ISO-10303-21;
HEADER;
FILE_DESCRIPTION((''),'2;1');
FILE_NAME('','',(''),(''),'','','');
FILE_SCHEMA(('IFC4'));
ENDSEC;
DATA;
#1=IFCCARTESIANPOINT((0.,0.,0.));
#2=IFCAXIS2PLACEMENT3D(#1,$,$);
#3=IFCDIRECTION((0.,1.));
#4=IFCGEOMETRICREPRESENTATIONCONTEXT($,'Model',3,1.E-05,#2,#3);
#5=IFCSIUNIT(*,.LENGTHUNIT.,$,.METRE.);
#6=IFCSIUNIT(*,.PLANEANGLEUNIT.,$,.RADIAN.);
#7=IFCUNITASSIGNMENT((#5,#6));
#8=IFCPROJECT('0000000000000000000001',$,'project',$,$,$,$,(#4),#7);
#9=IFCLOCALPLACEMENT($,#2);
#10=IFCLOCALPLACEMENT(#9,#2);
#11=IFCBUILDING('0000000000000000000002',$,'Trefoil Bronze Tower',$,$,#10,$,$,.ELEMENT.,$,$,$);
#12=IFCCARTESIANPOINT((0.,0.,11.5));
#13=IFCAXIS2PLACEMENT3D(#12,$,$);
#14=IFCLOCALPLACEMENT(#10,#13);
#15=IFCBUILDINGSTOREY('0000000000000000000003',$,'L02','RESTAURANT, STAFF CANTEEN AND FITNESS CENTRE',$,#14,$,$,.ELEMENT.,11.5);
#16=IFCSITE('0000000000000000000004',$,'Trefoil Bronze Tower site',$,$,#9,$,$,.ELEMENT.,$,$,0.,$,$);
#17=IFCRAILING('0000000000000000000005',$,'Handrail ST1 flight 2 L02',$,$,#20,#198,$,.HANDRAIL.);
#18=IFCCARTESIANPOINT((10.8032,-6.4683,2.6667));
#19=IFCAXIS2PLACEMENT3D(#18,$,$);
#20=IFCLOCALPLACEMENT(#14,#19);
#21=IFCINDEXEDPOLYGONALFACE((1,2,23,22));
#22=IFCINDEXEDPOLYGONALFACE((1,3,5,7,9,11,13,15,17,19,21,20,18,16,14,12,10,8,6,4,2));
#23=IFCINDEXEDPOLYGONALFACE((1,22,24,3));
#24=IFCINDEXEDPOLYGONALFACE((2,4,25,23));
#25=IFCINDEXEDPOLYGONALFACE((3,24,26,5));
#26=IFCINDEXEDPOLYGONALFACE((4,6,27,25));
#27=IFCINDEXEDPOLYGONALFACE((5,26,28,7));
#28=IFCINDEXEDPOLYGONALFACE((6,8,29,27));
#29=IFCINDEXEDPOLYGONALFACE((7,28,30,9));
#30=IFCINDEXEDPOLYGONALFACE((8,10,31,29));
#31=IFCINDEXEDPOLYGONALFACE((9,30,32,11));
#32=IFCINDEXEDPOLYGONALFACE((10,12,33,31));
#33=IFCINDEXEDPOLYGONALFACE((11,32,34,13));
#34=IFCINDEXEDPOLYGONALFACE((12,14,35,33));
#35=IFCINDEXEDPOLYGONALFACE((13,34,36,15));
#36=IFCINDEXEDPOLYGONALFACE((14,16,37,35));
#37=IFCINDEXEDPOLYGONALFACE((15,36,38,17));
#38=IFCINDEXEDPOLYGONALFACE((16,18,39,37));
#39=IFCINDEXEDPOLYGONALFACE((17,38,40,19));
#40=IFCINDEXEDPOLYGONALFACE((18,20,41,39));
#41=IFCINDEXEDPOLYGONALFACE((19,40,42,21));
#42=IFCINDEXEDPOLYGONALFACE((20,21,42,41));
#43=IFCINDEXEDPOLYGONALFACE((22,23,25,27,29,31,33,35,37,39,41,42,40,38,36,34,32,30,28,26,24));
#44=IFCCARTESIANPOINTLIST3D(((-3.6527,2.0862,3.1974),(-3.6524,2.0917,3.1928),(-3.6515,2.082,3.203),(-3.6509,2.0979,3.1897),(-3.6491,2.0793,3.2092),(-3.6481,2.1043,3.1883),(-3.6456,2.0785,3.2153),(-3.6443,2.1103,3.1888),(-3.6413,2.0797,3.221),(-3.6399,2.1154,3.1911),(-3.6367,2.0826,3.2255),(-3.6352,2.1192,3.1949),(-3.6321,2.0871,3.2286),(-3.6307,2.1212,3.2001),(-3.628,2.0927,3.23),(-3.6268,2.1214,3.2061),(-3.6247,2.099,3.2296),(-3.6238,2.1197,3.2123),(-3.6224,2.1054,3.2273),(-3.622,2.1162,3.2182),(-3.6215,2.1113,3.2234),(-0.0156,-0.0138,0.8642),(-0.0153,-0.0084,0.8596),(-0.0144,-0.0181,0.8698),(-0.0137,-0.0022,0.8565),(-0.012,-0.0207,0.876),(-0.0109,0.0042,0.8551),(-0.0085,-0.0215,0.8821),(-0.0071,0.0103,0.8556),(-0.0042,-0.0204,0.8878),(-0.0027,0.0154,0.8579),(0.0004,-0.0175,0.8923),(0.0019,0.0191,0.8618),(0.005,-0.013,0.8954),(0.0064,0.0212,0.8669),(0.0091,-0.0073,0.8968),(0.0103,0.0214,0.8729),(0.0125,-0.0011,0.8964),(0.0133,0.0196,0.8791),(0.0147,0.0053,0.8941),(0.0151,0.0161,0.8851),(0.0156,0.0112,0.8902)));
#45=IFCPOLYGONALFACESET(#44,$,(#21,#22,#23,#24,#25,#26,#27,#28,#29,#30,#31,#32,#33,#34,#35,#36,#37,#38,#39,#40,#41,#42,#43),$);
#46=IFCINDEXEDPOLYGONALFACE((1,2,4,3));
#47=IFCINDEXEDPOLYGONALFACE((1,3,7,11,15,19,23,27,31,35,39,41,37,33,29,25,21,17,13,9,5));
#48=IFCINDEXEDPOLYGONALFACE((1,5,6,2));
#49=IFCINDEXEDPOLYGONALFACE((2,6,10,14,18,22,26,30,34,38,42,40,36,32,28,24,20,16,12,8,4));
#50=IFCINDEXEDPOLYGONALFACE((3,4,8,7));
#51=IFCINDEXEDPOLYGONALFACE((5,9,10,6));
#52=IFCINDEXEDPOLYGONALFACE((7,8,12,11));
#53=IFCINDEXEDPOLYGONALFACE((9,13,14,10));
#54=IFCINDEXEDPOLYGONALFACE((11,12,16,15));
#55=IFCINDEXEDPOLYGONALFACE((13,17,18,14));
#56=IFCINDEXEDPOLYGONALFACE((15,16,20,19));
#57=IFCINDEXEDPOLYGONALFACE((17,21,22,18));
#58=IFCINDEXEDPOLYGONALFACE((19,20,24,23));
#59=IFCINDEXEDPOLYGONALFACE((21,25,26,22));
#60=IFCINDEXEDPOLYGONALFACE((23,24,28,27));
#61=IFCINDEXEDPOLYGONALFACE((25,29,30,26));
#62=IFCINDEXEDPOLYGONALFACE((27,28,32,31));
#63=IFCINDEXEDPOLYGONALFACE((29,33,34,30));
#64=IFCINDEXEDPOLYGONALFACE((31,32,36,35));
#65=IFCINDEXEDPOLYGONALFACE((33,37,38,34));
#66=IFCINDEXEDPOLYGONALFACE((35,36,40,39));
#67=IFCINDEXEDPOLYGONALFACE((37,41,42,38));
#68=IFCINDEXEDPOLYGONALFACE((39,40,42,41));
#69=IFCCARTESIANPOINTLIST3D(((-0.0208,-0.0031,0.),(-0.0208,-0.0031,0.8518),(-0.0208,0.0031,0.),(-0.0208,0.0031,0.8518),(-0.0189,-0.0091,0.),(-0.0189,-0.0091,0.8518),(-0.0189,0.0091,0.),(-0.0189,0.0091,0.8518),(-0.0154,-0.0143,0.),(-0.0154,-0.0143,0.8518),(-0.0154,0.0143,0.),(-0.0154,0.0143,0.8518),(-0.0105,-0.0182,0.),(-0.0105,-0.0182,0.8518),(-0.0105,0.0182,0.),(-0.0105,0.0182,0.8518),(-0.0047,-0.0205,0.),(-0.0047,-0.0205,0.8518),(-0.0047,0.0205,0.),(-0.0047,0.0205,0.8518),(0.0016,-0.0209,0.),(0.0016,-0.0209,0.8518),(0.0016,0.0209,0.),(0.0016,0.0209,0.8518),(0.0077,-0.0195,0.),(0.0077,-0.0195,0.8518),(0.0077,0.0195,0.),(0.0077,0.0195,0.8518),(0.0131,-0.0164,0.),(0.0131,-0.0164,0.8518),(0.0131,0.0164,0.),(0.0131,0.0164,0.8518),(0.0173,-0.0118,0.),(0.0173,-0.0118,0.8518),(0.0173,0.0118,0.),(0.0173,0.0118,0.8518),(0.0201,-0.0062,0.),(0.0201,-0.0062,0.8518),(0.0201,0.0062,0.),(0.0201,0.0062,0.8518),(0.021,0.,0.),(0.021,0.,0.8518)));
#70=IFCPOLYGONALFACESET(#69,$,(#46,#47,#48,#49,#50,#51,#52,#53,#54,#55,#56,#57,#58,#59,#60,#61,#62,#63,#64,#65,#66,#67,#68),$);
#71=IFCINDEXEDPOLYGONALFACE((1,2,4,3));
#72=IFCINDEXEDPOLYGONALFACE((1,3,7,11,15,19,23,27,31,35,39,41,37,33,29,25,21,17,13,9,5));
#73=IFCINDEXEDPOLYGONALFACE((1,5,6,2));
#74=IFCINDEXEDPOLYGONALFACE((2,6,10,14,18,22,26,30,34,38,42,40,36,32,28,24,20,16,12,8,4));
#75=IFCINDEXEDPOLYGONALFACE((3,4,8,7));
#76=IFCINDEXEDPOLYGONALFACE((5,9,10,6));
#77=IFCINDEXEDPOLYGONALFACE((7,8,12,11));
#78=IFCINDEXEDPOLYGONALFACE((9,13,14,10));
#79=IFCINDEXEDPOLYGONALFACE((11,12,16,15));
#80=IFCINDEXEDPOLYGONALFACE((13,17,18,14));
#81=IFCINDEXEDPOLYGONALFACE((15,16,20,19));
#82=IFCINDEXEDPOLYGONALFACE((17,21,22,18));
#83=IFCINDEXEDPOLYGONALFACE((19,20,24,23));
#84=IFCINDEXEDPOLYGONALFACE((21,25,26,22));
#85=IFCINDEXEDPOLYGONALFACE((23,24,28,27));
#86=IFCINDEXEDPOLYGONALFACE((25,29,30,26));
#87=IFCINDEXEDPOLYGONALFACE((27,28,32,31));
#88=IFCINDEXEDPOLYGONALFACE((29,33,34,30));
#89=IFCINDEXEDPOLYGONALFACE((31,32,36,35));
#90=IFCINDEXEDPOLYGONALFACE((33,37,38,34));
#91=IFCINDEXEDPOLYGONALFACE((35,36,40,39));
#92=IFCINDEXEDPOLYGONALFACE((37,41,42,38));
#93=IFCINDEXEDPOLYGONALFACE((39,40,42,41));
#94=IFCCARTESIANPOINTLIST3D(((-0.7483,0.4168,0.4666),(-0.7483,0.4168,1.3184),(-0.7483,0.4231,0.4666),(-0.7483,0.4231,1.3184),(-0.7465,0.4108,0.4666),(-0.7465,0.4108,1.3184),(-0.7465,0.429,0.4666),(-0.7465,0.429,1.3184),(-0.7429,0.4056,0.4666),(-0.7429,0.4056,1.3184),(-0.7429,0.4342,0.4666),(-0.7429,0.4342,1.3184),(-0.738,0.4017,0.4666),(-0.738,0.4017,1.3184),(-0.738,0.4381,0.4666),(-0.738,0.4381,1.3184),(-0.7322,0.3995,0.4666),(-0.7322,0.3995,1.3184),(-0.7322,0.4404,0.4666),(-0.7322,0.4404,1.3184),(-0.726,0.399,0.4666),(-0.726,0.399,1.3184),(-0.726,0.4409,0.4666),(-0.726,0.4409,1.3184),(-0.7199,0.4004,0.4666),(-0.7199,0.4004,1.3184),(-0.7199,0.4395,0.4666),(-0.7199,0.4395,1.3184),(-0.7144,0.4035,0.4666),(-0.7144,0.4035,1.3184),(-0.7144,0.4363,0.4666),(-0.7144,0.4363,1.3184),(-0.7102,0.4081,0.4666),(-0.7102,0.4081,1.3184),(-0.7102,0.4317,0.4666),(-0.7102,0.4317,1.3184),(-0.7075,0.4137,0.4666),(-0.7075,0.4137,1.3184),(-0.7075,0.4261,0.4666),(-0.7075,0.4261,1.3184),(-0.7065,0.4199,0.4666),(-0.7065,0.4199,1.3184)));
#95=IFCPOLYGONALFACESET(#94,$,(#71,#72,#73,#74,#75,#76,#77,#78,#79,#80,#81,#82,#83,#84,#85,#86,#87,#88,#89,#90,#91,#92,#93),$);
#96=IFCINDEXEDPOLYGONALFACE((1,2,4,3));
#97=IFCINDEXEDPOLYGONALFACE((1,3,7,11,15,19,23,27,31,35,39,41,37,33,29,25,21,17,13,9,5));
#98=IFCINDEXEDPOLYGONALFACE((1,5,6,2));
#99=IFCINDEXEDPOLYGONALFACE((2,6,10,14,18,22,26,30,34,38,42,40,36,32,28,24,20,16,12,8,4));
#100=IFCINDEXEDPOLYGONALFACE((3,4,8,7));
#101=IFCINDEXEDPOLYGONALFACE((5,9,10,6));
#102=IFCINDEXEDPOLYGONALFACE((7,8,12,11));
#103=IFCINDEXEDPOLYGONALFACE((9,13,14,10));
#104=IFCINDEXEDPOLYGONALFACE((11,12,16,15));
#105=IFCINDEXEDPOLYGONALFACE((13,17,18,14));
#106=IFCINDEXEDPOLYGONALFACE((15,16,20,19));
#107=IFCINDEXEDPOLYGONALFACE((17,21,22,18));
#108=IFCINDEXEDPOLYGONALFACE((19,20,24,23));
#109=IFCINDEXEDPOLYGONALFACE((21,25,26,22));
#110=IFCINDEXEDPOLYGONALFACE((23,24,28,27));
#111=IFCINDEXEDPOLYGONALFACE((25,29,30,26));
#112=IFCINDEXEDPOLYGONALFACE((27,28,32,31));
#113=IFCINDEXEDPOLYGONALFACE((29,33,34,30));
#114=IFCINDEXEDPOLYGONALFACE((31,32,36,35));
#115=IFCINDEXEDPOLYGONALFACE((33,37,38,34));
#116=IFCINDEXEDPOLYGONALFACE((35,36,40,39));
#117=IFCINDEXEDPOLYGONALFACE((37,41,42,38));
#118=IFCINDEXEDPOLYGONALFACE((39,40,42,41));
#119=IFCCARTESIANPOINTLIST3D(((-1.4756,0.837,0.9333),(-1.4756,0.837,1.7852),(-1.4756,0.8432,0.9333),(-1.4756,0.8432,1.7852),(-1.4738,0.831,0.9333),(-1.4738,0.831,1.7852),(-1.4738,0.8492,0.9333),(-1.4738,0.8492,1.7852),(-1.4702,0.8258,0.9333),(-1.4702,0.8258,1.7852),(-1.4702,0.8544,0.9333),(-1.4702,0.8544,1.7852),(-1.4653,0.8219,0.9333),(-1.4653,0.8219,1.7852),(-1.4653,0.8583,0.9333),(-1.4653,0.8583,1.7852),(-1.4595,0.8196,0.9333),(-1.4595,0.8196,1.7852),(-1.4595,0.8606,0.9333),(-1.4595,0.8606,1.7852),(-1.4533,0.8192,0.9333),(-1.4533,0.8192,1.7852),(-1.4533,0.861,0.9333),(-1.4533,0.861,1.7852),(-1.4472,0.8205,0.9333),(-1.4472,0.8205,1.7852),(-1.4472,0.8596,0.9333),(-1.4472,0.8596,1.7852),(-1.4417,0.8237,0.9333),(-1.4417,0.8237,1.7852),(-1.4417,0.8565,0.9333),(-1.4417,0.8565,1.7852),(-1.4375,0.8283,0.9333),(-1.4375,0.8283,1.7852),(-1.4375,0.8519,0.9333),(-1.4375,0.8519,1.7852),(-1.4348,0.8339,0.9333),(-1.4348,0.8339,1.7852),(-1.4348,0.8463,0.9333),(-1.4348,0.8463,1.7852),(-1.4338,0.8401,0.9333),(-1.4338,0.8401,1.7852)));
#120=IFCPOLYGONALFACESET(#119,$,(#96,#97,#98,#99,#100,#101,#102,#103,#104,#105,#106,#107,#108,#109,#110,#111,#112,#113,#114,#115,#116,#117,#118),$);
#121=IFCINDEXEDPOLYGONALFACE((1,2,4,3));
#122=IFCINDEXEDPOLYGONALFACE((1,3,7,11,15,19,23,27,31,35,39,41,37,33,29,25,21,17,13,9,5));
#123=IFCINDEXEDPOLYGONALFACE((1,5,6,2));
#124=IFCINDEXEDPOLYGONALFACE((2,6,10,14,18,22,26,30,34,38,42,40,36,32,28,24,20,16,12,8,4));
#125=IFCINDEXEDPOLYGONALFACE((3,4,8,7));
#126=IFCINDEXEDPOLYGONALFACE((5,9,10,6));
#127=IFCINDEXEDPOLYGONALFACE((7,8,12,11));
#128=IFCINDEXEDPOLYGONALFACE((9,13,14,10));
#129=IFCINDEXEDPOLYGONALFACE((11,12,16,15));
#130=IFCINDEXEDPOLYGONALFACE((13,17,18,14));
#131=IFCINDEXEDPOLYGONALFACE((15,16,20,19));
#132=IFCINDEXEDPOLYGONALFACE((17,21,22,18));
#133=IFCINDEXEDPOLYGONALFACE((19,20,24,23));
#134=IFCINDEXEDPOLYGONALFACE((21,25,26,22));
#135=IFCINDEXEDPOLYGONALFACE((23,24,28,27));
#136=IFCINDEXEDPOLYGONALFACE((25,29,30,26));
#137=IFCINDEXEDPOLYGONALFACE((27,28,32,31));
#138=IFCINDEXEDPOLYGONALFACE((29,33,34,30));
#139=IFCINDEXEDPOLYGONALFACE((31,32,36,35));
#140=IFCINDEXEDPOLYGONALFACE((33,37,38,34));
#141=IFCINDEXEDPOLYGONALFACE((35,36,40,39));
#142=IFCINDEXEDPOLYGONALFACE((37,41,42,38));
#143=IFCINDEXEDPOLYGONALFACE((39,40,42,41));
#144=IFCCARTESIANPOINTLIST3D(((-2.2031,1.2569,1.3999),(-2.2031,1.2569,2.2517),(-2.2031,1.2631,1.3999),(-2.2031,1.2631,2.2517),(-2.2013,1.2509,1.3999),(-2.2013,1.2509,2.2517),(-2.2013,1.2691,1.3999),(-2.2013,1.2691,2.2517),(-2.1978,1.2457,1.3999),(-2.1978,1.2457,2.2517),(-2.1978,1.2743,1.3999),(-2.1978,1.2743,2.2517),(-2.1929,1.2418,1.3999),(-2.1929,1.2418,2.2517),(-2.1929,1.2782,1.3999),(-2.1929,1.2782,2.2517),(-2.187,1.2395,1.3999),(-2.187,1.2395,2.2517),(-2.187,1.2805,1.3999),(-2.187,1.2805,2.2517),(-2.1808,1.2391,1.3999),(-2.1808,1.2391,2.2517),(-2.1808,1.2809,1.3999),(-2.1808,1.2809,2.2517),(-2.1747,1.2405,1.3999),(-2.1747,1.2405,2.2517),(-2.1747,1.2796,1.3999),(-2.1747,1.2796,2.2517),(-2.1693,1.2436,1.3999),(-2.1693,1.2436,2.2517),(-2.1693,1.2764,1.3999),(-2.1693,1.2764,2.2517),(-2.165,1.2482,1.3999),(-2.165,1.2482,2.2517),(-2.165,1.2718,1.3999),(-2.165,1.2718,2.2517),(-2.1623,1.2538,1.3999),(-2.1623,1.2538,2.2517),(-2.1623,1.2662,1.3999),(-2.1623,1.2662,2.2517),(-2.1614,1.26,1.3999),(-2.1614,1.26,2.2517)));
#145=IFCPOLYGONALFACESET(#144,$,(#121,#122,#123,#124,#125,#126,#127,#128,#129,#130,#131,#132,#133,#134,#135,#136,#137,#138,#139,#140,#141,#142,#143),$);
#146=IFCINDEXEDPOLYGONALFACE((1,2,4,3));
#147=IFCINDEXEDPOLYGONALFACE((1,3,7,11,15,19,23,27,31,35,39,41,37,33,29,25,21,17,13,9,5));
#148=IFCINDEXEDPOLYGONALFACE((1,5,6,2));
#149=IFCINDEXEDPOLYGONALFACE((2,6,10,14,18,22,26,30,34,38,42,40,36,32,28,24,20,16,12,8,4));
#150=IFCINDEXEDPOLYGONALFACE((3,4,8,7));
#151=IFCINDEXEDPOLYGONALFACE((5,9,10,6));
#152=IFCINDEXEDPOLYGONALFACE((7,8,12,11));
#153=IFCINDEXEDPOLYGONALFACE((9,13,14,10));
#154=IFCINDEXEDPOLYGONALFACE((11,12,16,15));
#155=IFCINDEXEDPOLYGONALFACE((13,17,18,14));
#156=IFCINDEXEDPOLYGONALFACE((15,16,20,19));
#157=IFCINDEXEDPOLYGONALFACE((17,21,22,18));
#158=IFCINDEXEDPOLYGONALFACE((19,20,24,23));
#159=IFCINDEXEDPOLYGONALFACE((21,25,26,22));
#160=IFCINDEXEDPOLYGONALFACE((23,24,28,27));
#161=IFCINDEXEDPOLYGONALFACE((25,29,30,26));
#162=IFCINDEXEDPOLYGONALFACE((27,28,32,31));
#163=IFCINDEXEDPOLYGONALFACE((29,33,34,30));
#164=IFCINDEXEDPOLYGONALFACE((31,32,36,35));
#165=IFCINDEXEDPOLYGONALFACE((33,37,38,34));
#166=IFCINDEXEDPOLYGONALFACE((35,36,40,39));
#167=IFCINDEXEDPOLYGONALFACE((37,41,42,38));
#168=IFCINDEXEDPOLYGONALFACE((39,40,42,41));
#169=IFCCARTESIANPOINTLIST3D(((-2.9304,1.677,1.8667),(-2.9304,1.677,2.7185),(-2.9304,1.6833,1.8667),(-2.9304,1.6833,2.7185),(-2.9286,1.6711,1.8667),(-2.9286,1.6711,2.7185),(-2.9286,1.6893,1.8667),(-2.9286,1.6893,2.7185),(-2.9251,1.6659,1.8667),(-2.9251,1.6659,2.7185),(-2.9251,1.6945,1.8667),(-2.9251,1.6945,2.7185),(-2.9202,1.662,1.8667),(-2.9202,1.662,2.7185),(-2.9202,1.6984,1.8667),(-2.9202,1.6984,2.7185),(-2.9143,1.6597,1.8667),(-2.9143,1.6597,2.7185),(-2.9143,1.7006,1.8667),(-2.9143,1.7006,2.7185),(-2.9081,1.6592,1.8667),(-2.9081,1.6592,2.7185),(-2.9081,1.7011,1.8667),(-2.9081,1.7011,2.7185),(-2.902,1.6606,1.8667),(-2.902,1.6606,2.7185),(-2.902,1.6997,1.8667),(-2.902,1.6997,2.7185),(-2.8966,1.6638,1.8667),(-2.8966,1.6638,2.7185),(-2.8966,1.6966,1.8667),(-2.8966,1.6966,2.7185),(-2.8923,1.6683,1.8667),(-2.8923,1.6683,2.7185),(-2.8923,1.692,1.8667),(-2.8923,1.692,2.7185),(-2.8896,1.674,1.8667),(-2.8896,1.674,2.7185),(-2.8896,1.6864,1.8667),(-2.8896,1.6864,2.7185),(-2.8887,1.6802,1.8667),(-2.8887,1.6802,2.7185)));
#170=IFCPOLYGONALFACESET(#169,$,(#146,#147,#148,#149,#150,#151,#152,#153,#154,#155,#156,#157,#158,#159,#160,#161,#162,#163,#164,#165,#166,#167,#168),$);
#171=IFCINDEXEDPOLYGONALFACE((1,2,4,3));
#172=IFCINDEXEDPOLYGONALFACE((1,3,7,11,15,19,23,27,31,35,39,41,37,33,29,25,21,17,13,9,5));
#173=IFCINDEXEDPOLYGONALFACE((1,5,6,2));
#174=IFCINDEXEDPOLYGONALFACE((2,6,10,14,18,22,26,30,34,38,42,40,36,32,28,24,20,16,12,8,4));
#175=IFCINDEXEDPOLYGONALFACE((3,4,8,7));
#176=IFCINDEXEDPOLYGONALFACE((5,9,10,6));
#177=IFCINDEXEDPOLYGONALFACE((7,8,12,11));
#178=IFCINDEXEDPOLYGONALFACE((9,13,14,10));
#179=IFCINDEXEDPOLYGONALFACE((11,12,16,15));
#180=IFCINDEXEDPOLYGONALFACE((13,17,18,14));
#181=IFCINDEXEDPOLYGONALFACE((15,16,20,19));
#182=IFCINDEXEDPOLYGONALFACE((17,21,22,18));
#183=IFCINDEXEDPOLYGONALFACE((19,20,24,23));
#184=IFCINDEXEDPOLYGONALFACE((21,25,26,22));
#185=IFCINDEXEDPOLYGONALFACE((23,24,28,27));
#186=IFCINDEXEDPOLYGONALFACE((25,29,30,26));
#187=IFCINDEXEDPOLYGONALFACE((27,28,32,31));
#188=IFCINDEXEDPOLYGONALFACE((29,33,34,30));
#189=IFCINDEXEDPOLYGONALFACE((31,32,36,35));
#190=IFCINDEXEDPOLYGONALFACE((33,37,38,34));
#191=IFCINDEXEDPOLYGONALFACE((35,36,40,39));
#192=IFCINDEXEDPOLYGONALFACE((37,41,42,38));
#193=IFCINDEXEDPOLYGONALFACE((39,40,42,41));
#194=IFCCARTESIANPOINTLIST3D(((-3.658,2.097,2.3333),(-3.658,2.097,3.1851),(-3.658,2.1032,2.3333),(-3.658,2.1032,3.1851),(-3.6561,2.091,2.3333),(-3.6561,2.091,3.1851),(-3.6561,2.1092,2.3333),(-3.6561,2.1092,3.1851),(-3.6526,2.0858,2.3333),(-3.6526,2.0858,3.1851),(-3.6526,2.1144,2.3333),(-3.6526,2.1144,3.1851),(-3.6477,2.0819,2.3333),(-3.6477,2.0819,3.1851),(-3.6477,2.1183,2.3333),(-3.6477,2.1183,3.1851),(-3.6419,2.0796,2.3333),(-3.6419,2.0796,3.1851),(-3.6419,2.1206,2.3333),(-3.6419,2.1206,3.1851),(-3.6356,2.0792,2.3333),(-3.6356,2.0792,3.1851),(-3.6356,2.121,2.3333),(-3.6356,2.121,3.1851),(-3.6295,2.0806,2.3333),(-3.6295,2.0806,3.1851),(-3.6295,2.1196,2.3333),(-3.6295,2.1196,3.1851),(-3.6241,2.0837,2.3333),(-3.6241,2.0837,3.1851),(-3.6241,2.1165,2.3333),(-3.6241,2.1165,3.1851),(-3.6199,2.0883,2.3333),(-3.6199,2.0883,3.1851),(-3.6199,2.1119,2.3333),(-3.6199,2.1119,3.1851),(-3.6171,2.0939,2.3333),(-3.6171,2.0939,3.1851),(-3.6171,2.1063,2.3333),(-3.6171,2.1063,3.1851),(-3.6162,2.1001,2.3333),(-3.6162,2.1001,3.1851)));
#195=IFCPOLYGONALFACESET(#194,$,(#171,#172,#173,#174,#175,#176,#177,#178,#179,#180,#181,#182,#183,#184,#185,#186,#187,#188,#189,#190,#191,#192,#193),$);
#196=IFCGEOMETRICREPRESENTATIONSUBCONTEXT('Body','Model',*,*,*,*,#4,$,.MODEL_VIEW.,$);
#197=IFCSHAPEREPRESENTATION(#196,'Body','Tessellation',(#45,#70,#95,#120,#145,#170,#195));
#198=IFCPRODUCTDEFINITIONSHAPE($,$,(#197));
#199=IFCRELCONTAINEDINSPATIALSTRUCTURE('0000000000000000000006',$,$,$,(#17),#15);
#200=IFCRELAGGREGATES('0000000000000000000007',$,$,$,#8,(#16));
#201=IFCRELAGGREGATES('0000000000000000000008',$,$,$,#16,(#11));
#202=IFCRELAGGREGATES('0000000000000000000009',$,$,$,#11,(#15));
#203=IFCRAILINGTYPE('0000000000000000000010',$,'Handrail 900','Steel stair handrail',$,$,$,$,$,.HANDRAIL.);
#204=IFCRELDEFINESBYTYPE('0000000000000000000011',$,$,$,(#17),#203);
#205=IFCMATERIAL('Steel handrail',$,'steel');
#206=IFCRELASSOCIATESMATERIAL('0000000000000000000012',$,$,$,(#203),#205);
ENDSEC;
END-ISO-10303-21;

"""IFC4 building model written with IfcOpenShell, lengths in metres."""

from ifc_helpers import new_model, si_unit, direction, frame, origin, origin_2d, place, context, subcontext, project, spatial, circle, extrude, material, type_object, element, save


model = new_model("IFC4")

# Units and contexts
model_context = context("Model", 3, precision=1e-05, world=origin(), true_north=direction((0.0, 1.0)))
body_context = subcontext(model_context, "Body", "Model", "MODEL_VIEW")
ifc_project = project(units=[si_unit("LENGTHUNIT", "METRE"), si_unit("PLANEANGLEUNIT", "RADIAN")], contexts=[model_context])

# Site, building, storey
site_placement = place(None, origin())
site = spatial("IfcSite", under=ifc_project, at=site_placement, Name="Trefoil Bronze Tower site", CompositionType="ELEMENT", RefElevation=0.0)
building_placement = place(site_placement, origin())
building = spatial("IfcBuilding", under=site, at=building_placement, Name="Trefoil Bronze Tower", CompositionType="ELEMENT")
storey_placement = place(building_placement, frame((0.0, 0.0, 11.5)))
storey = spatial("IfcBuildingStorey", under=building, at=storey_placement, Name="L02", Description="RESTAURANT, STAFF CANTEEN AND FITNESS CENTRE", CompositionType="ELEMENT", Elevation=11.5)

# Railing
ifc_material_1 = material(Name="Steel handrail", Category="steel")
railing_type = type_object("IfcRailingType", Name="Handrail 900", Description="Steel stair handrail", PredefinedType="HANDRAIL", material=ifc_material_1)
railing_placement = place(storey_placement, frame((10.8032, -6.4683, 2.6667)))
element("IfcRailing", 1, at=railing_placement, inside=storey, type_object=railing_type, Name="Handrail ST1 flight 2 L02", PredefinedType="HANDRAIL", context=body_context, shape_type="SweptSolid", body=[
    extrude(circle(Radius=0.0239, at=origin_2d()), frame((0.0, 0.0, 0.876), z_axis=(-0.757033, 0.437106, 0.485633), x_axis=(-0.500028, -0.866009, 0.0)), (0.0, 0.0, 1.0), 4.8044),
    extrude(circle(Radius=0.021, at=origin_2d()), origin(), (0.0, 0.0, 1.0), 0.8518),
    extrude(circle(Radius=0.021, at=origin_2d()), frame((-0.7275, 0.4199, 0.4666)), (0.0, 0.0, 1.0), 0.8518),
    extrude(circle(Radius=0.021, at=origin_2d()), frame((-1.4548, 0.8401, 0.9333)), (0.0, 0.0, 1.0), 0.8518),
    extrude(circle(Radius=0.021, at=origin_2d()), frame((-2.1824, 1.26, 1.3999)), (0.0, 0.0, 1.0), 0.8518),
    extrude(circle(Radius=0.021, at=origin_2d()), frame((-2.9097, 1.6802, 1.8667)), (0.0, 0.0, 1.0), 0.8518),
    extrude(circle(Radius=0.021, at=origin_2d()), frame((-3.6372, 2.1001, 2.3333)), (0.0, 0.0, 1.0), 0.8518),
])

save(model, "model.ifc")
